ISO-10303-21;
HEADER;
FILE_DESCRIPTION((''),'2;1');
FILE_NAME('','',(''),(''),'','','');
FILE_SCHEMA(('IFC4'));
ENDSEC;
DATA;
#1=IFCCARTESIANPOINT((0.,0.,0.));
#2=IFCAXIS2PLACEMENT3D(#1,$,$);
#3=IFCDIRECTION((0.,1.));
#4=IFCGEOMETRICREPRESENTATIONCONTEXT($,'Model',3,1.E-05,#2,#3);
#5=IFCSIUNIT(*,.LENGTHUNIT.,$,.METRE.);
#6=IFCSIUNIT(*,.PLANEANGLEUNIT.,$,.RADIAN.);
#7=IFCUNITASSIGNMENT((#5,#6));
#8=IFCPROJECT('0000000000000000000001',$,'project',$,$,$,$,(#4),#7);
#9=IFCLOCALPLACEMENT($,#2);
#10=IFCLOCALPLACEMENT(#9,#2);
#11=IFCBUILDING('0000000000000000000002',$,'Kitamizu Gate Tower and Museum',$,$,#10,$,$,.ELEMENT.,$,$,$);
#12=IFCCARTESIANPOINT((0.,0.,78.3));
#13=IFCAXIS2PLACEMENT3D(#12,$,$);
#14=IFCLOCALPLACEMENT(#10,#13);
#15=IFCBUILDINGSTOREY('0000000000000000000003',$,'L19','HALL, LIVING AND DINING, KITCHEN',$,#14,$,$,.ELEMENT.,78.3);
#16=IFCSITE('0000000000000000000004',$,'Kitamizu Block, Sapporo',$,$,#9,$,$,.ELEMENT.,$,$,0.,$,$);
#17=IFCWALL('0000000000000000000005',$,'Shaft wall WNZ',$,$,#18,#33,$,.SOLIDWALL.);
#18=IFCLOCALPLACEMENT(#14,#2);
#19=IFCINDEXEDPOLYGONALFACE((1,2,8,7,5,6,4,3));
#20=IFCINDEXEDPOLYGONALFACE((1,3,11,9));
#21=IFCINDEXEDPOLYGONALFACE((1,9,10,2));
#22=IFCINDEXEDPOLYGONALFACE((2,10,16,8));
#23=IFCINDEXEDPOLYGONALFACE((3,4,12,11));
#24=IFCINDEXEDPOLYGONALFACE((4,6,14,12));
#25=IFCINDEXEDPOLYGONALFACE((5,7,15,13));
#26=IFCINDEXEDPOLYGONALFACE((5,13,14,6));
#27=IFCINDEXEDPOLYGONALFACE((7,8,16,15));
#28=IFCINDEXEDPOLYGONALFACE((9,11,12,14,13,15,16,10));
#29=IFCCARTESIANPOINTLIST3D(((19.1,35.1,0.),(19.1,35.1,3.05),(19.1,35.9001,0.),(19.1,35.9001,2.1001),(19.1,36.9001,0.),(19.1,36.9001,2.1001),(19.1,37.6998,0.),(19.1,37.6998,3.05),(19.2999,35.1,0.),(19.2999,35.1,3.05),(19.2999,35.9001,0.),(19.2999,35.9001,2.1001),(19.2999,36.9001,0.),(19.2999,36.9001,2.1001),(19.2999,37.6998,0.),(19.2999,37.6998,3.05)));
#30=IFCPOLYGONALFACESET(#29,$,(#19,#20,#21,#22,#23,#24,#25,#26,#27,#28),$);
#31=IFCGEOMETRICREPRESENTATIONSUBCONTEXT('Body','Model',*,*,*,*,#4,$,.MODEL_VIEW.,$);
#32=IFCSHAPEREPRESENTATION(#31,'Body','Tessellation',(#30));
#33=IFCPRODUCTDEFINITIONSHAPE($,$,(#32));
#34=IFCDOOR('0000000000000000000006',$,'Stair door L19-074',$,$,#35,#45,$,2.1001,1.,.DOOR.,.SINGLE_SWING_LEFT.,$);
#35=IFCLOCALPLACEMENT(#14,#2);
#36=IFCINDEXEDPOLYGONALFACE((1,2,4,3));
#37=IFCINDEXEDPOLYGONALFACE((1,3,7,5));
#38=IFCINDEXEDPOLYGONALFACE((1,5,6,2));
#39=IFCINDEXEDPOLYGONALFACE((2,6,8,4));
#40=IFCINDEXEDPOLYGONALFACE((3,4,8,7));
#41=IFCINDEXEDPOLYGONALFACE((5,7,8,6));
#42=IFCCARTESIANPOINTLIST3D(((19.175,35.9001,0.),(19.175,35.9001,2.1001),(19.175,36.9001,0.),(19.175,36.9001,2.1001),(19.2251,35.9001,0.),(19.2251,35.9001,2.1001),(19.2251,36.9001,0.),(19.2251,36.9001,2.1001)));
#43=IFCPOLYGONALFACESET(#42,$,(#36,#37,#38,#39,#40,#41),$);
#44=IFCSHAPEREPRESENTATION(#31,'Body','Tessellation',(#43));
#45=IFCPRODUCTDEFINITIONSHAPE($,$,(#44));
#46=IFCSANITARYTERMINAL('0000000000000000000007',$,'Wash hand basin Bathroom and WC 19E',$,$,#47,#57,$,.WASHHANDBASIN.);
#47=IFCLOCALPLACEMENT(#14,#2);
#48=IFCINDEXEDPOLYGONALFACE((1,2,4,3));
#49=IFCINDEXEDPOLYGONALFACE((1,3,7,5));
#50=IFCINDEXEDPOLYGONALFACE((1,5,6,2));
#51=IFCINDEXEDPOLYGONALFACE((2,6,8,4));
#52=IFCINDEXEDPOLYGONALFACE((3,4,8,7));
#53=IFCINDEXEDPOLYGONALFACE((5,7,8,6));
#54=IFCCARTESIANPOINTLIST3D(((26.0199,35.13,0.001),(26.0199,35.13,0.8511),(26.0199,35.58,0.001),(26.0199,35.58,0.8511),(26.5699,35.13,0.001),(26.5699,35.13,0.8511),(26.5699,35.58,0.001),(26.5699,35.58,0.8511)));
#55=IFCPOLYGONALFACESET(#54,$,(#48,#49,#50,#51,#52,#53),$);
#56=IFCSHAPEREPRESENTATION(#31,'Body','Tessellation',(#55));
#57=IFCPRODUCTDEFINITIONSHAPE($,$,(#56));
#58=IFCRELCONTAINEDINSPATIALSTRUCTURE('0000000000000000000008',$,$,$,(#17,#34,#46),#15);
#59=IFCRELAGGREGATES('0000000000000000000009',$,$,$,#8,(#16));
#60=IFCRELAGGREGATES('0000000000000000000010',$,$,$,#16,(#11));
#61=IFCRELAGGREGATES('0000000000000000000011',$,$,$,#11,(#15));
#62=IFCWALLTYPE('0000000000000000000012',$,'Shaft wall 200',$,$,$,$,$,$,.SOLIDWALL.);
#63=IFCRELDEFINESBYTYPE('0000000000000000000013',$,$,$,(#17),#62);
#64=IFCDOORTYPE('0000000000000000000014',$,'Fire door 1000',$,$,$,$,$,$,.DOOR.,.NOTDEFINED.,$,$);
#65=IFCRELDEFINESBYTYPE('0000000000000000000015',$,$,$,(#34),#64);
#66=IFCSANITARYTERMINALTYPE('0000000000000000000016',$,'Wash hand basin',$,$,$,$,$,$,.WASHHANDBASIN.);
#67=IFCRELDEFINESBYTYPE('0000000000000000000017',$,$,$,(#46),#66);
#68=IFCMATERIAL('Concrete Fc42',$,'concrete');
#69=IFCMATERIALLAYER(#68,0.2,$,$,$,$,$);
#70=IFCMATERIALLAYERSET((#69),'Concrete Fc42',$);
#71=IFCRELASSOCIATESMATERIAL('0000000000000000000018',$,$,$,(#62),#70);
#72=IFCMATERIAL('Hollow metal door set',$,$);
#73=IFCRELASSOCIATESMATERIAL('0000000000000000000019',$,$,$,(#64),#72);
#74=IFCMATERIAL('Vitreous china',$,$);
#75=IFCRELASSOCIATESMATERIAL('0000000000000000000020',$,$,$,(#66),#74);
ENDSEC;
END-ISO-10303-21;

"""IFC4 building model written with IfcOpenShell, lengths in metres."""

from ifc_helpers import new_model, si_unit, direction, frame, frame_2d, origin, origin_2d, place, context, subcontext, project, spatial, rectangle, extrude, material, layer, layer_set, type_object, element, fill, save


model = new_model("IFC4")

# Units and contexts
model_context = context("Model", 3, precision=1e-05, world=origin(), true_north=direction((0.0, 1.0)))
body_context = subcontext(model_context, "Body", "Model", "MODEL_VIEW")
ifc_project = project(units=[si_unit("LENGTHUNIT", "METRE"), si_unit("PLANEANGLEUNIT", "RADIAN")], contexts=[model_context])

# Site, building, storey
site_placement = place(None, origin())
site = spatial("IfcSite", under=ifc_project, at=site_placement, Name="Kitamizu Block, Sapporo", CompositionType="ELEMENT", RefElevation=0.0)
building_placement = place(site_placement, origin())
building = spatial("IfcBuilding", under=site, at=building_placement, Name="Kitamizu Gate Tower and Museum", CompositionType="ELEMENT")
storey_placement = place(building_placement, frame((0.0, 0.0, 78.3)))
storey = spatial("IfcBuildingStorey", under=building, at=storey_placement, Name="L19", Description="HALL, LIVING AND DINING, KITCHEN", CompositionType="ELEMENT", Elevation=78.3)

# Wall, opening, door
ifc_material_1 = material(Name="Concrete Fc42", Category="concrete")
ifc_layer_1 = layer(ifc_material_1, 0.2)
ifc_layer_set_1 = layer_set([ifc_layer_1], Name="Concrete Fc42")
wall_type_1 = type_object("IfcWallType", Name="Shaft wall 200", PredefinedType="SOLIDWALL", material=ifc_layer_set_1)
wall_1_placement = place(storey_placement, frame((19.2, 35.1001, 0.0), z_axis=(0.0, 0.0, 1.0), x_axis=(0.0, 1.0, 0.0)))
wall_1 = element("IfcWall", 1, at=wall_1_placement, inside=storey, type_object=wall_type_1, Name="Shaft wall WNZ", PredefinedType="SOLIDWALL", context=body_context, shape_type="SweptSolid", body=[
    extrude(rectangle(XDim=2.5999, YDim=0.2, at=frame_2d((1.2998, 0.0))), origin(), (0.0, 0.0, 1.0), 3.05),
])
opening_1_placement = place(wall_1_placement, frame((0.8, 0.0, 0.0)))
opening_1 = element("IfcOpeningElement", 2, at=opening_1_placement, cuts=wall_1, PredefinedType="OPENING", context=body_context, shape_type="SweptSolid", body=[
    extrude(rectangle(XDim=1.0, YDim=2.1001, at=frame_2d((0.5, 1.05))), frame((0.0, 0.1099, 0.0), z_axis=(0.0, -1.0, 0.0), x_axis=(1.0, 0.0, 0.0)), (0.0, 0.0, 1.0), 0.22),
])
ifc_material_2 = material(Name="Hollow metal door set")
door_type_1 = type_object("IfcDoorType", Name="Fire door 1000", OperationType="NOTDEFINED", PredefinedType="DOOR", material=ifc_material_2)
door_1_placement = place(opening_1_placement, origin())
door_1 = element("IfcDoor", 3, at=door_1_placement, inside=storey, type_object=door_type_1, Name="Stair door L19-074", OperationType="SINGLE_SWING_LEFT", OverallHeight=2.1001, OverallWidth=1.0, PredefinedType="DOOR", context=body_context, shape_type="SweptSolid", body=[
    extrude(rectangle(XDim=1.0, YDim=2.1001, at=frame_2d((0.5, 1.05))), frame((0.0, 0.0249, 0.0), z_axis=(0.0, -1.0, 0.0), x_axis=(1.0, 0.0, 0.0)), (0.0, 0.0, 1.0), 0.05),
])
fill(opening_1, door_1)

# Sanitary terminal
ifc_material_3 = material(Name="Vitreous china")
sanitary_terminal_type = type_object("IfcSanitaryTerminalType", Name="Wash hand basin", PredefinedType="WASHHANDBASIN", material=ifc_material_3)
sanitary_terminal_placement = place(storey_placement, frame((26.2949, 35.355, 0.001), z_axis=(0.0, 0.0, 1.0), x_axis=(1.0, 0.0, 0.0)))
element("IfcSanitaryTerminal", 4, at=sanitary_terminal_placement, inside=storey, type_object=sanitary_terminal_type, Name="Wash hand basin Bathroom and WC 19E", PredefinedType="WASHHANDBASIN", context=body_context, shape_type="SweptSolid", body=[
    extrude(rectangle(XDim=0.55, YDim=0.45, at=origin_2d()), origin(), (0.0, 0.0, 1.0), 0.8501),
])

save(model, "model.ifc")
